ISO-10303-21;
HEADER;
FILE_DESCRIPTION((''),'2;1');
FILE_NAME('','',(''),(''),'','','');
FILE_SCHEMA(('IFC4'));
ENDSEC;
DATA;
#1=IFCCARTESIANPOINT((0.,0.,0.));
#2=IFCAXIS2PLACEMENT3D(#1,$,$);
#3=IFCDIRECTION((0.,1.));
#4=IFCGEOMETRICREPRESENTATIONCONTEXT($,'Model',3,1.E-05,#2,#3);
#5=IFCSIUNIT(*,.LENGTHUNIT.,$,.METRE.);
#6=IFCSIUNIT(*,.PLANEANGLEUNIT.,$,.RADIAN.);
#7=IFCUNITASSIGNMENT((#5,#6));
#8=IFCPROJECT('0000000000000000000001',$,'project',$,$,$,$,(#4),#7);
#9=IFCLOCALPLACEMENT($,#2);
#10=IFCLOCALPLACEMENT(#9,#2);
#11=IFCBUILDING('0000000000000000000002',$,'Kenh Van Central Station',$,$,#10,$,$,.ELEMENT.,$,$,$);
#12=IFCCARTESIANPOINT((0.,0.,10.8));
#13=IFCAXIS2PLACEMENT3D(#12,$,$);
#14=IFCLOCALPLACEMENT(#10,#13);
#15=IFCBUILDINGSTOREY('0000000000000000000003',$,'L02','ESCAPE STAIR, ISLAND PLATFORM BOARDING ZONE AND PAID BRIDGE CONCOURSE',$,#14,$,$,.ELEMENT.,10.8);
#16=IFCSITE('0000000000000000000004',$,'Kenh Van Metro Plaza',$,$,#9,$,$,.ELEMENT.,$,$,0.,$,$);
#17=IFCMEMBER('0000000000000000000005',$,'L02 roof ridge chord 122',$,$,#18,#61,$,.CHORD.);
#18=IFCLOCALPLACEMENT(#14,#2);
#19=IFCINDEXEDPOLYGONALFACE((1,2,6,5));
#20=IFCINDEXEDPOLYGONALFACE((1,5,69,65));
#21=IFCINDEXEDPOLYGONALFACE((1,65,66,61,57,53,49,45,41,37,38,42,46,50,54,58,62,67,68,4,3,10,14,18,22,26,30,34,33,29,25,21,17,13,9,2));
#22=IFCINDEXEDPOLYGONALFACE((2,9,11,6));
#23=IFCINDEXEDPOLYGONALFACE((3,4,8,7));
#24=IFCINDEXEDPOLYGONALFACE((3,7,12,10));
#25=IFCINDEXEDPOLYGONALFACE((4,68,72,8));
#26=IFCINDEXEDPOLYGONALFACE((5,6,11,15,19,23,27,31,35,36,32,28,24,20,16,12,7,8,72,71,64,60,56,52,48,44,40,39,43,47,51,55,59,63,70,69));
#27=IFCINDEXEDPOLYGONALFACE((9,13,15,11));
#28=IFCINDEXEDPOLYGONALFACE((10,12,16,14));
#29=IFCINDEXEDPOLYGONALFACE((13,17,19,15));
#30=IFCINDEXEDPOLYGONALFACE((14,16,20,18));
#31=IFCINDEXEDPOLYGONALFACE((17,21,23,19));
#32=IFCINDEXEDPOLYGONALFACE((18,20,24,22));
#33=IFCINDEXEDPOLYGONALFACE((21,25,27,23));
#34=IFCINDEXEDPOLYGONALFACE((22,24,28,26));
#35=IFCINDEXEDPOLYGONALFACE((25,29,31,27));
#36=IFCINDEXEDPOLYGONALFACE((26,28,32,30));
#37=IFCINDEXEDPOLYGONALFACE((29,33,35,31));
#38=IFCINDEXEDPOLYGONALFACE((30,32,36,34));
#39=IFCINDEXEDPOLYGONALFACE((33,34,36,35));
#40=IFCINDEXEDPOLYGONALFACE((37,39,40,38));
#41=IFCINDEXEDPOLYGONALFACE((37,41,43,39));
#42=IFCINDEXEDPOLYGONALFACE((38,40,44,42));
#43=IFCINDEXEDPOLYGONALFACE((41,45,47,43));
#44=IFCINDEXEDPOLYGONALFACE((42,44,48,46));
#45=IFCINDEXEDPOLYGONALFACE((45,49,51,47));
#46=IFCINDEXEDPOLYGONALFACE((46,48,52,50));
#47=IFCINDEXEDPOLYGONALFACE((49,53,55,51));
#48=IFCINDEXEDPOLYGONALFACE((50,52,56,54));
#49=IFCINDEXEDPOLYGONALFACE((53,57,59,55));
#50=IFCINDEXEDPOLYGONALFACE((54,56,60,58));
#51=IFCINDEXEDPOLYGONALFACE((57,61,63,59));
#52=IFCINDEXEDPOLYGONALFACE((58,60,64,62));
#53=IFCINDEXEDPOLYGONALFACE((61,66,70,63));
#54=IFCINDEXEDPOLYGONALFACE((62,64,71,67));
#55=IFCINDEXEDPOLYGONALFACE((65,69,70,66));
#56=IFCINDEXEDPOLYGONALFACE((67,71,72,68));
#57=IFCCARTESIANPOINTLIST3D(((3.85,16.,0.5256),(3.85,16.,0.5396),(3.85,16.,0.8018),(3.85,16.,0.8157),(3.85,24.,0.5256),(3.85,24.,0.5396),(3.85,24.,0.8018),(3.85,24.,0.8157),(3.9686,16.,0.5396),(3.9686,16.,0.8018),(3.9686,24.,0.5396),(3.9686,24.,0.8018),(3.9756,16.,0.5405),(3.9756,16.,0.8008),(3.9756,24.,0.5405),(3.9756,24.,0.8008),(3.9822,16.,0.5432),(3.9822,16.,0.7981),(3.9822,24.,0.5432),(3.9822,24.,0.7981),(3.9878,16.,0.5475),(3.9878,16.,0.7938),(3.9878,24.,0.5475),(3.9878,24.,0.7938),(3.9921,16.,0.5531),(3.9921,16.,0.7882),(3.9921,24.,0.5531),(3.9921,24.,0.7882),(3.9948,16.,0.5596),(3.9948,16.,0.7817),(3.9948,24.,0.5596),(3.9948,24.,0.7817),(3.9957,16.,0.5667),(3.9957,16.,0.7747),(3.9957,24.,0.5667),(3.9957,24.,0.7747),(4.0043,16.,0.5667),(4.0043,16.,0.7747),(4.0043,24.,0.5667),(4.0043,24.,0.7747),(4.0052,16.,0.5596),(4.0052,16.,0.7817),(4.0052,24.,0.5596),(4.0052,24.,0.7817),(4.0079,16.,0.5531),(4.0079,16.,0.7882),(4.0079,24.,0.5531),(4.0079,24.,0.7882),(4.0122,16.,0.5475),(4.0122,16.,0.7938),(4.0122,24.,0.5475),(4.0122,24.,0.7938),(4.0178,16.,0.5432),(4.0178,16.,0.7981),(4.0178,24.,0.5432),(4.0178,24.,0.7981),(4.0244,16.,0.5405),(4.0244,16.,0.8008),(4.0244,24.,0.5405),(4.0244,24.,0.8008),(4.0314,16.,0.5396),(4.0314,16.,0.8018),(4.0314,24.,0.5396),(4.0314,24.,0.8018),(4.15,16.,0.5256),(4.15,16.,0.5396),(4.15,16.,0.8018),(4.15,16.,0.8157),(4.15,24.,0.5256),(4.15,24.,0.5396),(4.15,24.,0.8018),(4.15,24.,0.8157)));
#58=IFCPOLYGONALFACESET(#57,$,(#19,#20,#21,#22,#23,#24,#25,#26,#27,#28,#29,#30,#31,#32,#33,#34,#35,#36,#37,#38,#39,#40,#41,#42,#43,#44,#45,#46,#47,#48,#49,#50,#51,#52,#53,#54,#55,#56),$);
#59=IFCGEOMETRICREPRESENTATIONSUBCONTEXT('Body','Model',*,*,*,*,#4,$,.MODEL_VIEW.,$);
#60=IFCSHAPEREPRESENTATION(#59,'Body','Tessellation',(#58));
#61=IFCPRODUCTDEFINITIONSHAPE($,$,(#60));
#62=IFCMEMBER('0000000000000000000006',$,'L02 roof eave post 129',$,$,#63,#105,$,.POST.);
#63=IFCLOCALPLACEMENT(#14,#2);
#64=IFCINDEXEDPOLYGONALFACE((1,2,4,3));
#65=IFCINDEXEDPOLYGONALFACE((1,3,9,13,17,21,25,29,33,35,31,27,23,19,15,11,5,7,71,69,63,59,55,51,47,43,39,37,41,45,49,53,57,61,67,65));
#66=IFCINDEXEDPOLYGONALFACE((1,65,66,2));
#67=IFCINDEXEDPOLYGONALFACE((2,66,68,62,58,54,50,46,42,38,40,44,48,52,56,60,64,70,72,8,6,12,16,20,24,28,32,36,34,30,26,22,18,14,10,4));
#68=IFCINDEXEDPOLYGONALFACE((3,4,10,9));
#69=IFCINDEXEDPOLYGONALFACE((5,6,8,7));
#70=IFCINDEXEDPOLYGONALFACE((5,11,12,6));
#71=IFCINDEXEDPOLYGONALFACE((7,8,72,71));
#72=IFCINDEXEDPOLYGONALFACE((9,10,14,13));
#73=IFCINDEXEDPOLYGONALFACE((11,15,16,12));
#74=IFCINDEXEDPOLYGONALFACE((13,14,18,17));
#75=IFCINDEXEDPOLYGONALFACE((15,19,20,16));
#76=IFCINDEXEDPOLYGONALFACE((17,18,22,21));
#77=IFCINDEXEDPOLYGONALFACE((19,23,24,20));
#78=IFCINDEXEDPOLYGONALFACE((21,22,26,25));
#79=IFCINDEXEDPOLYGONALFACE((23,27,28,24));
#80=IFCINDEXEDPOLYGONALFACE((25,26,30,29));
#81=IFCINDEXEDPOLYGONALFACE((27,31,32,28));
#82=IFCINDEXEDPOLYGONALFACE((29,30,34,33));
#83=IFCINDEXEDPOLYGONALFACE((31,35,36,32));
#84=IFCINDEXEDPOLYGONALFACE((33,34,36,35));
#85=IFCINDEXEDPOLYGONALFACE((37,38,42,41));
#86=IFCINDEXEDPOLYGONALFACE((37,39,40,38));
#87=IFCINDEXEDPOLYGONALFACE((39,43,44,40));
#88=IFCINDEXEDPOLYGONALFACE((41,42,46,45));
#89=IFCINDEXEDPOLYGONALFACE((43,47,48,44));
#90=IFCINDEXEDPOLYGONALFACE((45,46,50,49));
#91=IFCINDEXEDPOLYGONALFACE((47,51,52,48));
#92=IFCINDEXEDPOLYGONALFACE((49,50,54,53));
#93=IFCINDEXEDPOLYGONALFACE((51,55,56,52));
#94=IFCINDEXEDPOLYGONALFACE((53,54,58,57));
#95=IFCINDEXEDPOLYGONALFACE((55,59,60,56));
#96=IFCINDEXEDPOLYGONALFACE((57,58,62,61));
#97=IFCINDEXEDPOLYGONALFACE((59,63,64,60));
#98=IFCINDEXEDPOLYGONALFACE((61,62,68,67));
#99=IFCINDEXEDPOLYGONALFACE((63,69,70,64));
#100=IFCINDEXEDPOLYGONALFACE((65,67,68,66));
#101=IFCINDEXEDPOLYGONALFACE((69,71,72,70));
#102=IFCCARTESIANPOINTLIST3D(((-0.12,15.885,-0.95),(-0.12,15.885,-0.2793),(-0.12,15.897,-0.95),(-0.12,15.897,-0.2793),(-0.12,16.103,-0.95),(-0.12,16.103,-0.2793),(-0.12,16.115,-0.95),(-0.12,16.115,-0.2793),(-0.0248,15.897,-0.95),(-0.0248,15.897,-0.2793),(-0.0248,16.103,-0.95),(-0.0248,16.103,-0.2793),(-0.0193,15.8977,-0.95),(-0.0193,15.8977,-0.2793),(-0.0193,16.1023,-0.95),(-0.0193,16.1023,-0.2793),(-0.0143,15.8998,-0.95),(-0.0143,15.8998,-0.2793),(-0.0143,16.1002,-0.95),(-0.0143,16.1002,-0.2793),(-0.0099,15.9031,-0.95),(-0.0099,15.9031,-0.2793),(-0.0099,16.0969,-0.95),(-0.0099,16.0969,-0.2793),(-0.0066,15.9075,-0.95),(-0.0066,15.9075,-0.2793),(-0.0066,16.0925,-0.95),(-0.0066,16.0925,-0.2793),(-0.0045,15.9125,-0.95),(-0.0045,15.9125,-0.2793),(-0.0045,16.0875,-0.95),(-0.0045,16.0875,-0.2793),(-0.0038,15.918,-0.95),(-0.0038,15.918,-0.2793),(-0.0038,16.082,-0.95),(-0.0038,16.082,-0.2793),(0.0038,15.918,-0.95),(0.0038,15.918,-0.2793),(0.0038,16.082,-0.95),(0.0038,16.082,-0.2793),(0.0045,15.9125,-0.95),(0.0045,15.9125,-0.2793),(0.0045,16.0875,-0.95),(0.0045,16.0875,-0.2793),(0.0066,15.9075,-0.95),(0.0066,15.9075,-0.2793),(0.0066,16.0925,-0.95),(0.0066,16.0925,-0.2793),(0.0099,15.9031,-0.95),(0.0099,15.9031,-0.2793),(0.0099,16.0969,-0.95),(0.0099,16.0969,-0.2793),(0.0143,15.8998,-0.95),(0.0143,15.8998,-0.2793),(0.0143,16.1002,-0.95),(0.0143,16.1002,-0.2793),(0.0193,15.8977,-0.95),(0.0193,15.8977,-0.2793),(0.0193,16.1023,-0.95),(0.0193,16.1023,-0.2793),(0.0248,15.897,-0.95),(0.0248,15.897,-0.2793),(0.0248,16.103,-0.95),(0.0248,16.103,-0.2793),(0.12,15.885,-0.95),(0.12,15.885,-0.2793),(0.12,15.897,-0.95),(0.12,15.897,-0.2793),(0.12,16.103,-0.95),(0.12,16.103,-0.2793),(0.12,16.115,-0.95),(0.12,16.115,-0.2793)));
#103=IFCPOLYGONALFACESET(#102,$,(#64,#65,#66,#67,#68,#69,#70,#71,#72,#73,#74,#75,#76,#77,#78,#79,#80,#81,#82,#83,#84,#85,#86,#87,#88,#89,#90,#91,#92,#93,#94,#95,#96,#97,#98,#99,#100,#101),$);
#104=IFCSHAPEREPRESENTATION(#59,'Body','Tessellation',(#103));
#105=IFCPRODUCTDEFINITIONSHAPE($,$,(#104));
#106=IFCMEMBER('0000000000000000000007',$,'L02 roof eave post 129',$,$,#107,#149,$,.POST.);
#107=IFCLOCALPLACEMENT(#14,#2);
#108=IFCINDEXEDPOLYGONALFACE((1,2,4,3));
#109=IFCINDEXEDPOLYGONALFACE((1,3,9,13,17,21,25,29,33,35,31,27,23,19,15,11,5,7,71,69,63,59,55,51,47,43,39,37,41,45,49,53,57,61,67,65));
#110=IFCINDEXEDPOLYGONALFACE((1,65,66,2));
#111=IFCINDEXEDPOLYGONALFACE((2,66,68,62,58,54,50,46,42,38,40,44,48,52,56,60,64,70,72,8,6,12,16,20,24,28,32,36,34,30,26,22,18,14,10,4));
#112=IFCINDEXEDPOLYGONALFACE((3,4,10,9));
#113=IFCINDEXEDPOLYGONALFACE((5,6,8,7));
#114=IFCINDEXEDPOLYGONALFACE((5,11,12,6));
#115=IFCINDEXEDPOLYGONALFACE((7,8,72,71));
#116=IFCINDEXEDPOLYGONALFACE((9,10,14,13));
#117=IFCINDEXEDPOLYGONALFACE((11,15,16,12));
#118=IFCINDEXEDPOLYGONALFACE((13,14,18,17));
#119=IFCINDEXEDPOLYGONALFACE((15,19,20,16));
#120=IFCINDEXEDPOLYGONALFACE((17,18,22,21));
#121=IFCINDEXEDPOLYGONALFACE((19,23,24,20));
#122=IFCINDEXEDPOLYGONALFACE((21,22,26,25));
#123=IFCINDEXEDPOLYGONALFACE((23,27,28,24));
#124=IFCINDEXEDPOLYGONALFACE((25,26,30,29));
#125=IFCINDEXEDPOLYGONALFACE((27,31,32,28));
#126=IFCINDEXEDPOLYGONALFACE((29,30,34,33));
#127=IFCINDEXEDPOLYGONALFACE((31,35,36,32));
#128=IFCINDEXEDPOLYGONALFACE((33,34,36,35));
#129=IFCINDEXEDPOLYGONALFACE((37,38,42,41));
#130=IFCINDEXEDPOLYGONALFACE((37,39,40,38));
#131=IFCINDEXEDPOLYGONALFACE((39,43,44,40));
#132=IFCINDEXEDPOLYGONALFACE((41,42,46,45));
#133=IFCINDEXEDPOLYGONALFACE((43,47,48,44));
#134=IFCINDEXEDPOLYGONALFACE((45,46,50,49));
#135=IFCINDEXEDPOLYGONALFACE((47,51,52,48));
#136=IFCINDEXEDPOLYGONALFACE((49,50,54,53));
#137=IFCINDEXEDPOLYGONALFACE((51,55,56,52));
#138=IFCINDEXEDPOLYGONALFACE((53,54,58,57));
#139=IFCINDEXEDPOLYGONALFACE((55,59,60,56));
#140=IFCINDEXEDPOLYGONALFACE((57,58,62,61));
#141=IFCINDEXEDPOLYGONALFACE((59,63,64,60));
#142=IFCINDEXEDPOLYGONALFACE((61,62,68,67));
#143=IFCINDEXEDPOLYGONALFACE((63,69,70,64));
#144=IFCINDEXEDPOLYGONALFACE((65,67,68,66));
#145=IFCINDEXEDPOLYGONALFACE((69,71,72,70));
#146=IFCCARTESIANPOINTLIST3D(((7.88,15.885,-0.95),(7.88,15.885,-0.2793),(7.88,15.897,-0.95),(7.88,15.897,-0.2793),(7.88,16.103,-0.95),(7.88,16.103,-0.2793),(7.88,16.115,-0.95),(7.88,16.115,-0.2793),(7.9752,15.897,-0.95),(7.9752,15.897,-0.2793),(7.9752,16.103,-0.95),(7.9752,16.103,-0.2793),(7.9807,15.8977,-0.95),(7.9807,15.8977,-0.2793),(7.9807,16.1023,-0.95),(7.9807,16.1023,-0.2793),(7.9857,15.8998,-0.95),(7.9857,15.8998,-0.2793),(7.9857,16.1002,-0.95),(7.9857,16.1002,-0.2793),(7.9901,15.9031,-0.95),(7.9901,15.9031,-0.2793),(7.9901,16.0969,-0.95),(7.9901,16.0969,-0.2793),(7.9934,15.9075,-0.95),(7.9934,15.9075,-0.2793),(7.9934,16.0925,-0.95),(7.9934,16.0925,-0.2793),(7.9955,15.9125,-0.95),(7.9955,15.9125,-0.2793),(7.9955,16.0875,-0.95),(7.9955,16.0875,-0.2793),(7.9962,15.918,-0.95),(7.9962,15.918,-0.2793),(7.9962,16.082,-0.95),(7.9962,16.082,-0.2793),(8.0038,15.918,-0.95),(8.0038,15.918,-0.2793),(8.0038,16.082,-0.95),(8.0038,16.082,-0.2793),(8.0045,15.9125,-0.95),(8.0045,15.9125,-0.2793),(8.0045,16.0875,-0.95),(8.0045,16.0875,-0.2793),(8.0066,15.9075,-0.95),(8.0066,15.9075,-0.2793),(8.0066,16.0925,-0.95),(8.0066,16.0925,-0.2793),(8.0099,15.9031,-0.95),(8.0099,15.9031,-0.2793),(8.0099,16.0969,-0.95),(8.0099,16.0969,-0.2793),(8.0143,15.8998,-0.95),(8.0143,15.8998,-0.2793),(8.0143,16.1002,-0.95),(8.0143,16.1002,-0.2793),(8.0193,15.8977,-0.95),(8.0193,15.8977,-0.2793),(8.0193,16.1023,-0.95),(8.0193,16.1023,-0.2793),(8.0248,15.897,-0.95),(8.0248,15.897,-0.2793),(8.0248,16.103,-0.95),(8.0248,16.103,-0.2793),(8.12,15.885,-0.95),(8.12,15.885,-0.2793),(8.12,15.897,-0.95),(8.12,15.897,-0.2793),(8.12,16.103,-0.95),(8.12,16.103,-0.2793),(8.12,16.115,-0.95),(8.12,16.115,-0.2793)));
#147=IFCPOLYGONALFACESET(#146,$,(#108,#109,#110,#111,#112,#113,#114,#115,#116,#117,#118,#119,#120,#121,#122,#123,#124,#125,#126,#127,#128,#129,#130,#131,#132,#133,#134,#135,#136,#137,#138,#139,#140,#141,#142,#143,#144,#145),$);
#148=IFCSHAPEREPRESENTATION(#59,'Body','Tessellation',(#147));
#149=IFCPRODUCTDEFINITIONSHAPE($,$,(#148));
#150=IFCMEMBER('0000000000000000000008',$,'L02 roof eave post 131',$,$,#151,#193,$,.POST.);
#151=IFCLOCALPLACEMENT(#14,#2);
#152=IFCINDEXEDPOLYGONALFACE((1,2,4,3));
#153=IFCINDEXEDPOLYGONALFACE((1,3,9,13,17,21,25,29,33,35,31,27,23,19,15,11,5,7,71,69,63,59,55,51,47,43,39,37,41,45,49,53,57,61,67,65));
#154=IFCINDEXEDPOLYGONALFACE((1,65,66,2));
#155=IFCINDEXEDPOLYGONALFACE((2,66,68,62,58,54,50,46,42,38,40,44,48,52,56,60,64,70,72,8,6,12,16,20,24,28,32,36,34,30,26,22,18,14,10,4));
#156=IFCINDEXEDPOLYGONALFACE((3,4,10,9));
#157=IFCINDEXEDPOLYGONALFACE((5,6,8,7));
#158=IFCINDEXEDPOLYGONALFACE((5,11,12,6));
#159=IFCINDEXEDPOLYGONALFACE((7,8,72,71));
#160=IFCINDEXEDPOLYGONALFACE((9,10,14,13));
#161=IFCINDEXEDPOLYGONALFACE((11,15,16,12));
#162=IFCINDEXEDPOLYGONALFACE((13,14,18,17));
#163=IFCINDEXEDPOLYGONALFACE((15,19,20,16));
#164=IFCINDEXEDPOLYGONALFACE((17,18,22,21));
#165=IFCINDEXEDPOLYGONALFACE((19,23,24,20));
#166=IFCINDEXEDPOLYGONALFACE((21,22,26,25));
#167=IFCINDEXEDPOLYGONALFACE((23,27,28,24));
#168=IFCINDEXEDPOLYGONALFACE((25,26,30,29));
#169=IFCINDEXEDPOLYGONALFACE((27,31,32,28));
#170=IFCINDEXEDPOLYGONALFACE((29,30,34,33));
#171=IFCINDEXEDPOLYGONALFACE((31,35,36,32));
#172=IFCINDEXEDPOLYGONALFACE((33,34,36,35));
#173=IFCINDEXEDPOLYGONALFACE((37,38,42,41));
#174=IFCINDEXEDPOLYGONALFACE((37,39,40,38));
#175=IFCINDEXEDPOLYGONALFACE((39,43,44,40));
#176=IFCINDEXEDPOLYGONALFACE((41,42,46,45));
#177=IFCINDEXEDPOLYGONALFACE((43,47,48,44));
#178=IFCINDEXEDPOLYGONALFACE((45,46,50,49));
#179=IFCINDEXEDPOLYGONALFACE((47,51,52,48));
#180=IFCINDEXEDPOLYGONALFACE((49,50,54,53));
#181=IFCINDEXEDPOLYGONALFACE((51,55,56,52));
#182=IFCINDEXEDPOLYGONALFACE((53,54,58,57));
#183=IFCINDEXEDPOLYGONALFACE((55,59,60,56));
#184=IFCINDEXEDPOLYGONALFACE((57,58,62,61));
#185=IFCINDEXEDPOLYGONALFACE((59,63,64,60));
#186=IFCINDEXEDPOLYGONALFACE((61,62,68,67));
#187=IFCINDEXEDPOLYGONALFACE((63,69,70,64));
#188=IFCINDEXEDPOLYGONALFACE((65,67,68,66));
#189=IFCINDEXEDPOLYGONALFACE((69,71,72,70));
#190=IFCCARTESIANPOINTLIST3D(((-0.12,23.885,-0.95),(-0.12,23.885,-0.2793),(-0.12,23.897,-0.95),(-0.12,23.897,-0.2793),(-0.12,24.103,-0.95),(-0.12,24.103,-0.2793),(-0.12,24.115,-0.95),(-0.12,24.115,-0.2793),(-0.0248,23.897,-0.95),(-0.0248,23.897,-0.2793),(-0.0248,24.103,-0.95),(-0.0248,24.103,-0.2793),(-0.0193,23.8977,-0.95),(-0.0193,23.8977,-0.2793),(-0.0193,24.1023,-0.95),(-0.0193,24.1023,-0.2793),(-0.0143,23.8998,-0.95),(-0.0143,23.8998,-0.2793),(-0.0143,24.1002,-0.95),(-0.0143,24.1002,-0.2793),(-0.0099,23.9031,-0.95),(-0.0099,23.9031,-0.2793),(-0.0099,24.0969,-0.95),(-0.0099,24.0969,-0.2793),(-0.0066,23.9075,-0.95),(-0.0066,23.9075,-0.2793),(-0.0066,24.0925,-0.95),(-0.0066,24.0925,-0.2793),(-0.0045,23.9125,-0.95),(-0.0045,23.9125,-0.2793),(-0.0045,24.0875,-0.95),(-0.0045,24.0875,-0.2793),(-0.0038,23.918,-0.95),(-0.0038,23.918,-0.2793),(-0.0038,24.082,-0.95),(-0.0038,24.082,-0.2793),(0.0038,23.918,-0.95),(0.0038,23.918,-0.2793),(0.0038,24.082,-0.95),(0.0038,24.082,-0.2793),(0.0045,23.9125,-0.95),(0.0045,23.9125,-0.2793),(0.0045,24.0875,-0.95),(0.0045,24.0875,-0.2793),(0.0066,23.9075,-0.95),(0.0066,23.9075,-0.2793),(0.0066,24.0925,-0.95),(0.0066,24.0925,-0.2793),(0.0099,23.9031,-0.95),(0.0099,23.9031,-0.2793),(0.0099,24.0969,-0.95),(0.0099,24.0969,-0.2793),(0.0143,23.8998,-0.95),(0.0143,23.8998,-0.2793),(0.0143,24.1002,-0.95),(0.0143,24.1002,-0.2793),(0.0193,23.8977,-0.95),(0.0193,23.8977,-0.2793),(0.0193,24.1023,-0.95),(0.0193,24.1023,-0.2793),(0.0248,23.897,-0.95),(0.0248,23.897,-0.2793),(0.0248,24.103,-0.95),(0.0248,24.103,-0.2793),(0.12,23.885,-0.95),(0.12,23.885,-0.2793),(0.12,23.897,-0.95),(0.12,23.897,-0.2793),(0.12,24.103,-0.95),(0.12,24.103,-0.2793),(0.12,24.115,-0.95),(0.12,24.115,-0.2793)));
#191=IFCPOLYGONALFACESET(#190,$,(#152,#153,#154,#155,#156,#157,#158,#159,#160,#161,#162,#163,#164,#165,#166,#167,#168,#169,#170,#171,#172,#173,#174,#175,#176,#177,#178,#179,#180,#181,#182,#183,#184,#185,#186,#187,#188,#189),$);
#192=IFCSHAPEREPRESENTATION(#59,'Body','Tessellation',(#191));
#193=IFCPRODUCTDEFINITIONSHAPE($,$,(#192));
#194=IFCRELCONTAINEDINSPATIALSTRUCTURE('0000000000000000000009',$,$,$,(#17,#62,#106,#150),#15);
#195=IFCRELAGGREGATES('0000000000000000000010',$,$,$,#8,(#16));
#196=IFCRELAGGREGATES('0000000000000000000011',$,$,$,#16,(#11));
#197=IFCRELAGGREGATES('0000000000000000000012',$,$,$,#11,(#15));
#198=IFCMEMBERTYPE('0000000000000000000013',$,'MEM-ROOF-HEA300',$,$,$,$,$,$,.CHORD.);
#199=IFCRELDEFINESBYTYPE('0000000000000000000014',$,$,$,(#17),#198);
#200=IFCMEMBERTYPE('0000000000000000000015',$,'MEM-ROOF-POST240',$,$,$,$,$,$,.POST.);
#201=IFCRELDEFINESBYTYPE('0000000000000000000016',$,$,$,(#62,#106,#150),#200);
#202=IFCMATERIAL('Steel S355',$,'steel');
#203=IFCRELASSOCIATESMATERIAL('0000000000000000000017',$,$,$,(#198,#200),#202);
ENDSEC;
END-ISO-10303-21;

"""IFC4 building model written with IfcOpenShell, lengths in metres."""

from ifc_helpers import new_model, si_unit, direction, frame, origin, origin_2d, place, context, subcontext, project, spatial, i_section, extrude, material, material_profile, profile_set, type_object, element, save


model = new_model("IFC4")

# Units and contexts
model_context = context("Model", 3, precision=1e-05, world=origin(), true_north=direction((0.0, 1.0)))
body_context = subcontext(model_context, "Body", "Model", "MODEL_VIEW")
ifc_project = project(units=[si_unit("LENGTHUNIT", "METRE"), si_unit("PLANEANGLEUNIT", "RADIAN")], contexts=[model_context])

# Site, building, storey
site_placement = place(None, origin())
site = spatial("IfcSite", under=ifc_project, at=site_placement, Name="Kenh Van Metro Plaza", CompositionType="ELEMENT", RefElevation=0.0)
building_placement = place(site_placement, origin())
building = spatial("IfcBuilding", under=site, at=building_placement, Name="Kenh Van Central Station", CompositionType="ELEMENT")
storey_placement = place(building_placement, frame((0.0, 0.0, 10.8)))
storey = spatial("IfcBuildingStorey", under=building, at=storey_placement, Name="L02", Description="ESCAPE STAIR, ISLAND PLATFORM BOARDING ZONE AND PAID BRIDGE CONCOURSE", CompositionType="ELEMENT", Elevation=10.8)

# Shared definitions
ifc_material_1 = material(Name="Steel S355", Category="steel")

# Members
ifc_material_profile_1 = material_profile(ifc_material_1, i_section(OverallWidth=0.3, OverallDepth=0.29, WebThickness=0.0085, FlangeThickness=0.0139, FilletRadius=0.0271, at=origin_2d()), Name="HEA 300")
ifc_profile_set_1 = profile_set([ifc_material_profile_1], Name="Steel S355")
member_type_1 = type_object("IfcMemberType", Name="MEM-ROOF-HEA300", PredefinedType="CHORD", material=ifc_profile_set_1)
member_1_placement = place(storey_placement, frame((4.0, 16.0, 0.6707), z_axis=(0.0, 1.0, 0.0), x_axis=(-1.0, 0.0, 0.0)))
element("IfcMember", 1, at=member_1_placement, inside=storey, type_object=member_type_1, Name="L02 roof ridge chord 122", PredefinedType="CHORD", context=body_context, shape_type="SweptSolid", body=[
    extrude(i_section(OverallWidth=0.3, OverallDepth=0.29, WebThickness=0.0085, FlangeThickness=0.0139, FilletRadius=0.0271, at=origin_2d()), origin(), (0.0, 0.0, 1.0), 8.0),
])
ifc_material_profile_2 = material_profile(ifc_material_1, i_section(OverallWidth=0.24, OverallDepth=0.23, WebThickness=0.0076, FlangeThickness=0.012, FilletRadius=0.021, at=origin_2d()), Name="HEA 240")
ifc_profile_set_2 = profile_set([ifc_material_profile_2], Name="Steel S355")
member_type_2 = type_object("IfcMemberType", Name="MEM-ROOF-POST240", PredefinedType="POST", material=ifc_profile_set_2)
for number, where, z_axis, x_axis, name in (
    (2, (0.0, 16.0, -0.95), (0.0, 0.0, 1.0), (1.0, 0.0, 0.0), "L02 roof eave post 129"),
    (3, (8.0, 16.0, -0.95), (0.0, 0.0, 1.0), (1.0, 0.0, 0.0), "L02 roof eave post 129"),
    (4, (0.0, 24.0, -0.95), (0.0, 0.0, 1.0), (1.0, 0.0, 0.0), "L02 roof eave post 131"),
):
    element("IfcMember", number, at=place(storey_placement, frame(where, z_axis=z_axis, x_axis=x_axis)), inside=storey, type_object=member_type_2, Name=name, PredefinedType="POST", context=body_context, shape_type="SweptSolid", body=[
        extrude(i_section(OverallWidth=0.24, OverallDepth=0.23, WebThickness=0.0076, FlangeThickness=0.012, FilletRadius=0.021, at=origin_2d()), origin(), (0.0, 0.0, 1.0), 0.6707),
    ])

save(model, "model.ifc")
